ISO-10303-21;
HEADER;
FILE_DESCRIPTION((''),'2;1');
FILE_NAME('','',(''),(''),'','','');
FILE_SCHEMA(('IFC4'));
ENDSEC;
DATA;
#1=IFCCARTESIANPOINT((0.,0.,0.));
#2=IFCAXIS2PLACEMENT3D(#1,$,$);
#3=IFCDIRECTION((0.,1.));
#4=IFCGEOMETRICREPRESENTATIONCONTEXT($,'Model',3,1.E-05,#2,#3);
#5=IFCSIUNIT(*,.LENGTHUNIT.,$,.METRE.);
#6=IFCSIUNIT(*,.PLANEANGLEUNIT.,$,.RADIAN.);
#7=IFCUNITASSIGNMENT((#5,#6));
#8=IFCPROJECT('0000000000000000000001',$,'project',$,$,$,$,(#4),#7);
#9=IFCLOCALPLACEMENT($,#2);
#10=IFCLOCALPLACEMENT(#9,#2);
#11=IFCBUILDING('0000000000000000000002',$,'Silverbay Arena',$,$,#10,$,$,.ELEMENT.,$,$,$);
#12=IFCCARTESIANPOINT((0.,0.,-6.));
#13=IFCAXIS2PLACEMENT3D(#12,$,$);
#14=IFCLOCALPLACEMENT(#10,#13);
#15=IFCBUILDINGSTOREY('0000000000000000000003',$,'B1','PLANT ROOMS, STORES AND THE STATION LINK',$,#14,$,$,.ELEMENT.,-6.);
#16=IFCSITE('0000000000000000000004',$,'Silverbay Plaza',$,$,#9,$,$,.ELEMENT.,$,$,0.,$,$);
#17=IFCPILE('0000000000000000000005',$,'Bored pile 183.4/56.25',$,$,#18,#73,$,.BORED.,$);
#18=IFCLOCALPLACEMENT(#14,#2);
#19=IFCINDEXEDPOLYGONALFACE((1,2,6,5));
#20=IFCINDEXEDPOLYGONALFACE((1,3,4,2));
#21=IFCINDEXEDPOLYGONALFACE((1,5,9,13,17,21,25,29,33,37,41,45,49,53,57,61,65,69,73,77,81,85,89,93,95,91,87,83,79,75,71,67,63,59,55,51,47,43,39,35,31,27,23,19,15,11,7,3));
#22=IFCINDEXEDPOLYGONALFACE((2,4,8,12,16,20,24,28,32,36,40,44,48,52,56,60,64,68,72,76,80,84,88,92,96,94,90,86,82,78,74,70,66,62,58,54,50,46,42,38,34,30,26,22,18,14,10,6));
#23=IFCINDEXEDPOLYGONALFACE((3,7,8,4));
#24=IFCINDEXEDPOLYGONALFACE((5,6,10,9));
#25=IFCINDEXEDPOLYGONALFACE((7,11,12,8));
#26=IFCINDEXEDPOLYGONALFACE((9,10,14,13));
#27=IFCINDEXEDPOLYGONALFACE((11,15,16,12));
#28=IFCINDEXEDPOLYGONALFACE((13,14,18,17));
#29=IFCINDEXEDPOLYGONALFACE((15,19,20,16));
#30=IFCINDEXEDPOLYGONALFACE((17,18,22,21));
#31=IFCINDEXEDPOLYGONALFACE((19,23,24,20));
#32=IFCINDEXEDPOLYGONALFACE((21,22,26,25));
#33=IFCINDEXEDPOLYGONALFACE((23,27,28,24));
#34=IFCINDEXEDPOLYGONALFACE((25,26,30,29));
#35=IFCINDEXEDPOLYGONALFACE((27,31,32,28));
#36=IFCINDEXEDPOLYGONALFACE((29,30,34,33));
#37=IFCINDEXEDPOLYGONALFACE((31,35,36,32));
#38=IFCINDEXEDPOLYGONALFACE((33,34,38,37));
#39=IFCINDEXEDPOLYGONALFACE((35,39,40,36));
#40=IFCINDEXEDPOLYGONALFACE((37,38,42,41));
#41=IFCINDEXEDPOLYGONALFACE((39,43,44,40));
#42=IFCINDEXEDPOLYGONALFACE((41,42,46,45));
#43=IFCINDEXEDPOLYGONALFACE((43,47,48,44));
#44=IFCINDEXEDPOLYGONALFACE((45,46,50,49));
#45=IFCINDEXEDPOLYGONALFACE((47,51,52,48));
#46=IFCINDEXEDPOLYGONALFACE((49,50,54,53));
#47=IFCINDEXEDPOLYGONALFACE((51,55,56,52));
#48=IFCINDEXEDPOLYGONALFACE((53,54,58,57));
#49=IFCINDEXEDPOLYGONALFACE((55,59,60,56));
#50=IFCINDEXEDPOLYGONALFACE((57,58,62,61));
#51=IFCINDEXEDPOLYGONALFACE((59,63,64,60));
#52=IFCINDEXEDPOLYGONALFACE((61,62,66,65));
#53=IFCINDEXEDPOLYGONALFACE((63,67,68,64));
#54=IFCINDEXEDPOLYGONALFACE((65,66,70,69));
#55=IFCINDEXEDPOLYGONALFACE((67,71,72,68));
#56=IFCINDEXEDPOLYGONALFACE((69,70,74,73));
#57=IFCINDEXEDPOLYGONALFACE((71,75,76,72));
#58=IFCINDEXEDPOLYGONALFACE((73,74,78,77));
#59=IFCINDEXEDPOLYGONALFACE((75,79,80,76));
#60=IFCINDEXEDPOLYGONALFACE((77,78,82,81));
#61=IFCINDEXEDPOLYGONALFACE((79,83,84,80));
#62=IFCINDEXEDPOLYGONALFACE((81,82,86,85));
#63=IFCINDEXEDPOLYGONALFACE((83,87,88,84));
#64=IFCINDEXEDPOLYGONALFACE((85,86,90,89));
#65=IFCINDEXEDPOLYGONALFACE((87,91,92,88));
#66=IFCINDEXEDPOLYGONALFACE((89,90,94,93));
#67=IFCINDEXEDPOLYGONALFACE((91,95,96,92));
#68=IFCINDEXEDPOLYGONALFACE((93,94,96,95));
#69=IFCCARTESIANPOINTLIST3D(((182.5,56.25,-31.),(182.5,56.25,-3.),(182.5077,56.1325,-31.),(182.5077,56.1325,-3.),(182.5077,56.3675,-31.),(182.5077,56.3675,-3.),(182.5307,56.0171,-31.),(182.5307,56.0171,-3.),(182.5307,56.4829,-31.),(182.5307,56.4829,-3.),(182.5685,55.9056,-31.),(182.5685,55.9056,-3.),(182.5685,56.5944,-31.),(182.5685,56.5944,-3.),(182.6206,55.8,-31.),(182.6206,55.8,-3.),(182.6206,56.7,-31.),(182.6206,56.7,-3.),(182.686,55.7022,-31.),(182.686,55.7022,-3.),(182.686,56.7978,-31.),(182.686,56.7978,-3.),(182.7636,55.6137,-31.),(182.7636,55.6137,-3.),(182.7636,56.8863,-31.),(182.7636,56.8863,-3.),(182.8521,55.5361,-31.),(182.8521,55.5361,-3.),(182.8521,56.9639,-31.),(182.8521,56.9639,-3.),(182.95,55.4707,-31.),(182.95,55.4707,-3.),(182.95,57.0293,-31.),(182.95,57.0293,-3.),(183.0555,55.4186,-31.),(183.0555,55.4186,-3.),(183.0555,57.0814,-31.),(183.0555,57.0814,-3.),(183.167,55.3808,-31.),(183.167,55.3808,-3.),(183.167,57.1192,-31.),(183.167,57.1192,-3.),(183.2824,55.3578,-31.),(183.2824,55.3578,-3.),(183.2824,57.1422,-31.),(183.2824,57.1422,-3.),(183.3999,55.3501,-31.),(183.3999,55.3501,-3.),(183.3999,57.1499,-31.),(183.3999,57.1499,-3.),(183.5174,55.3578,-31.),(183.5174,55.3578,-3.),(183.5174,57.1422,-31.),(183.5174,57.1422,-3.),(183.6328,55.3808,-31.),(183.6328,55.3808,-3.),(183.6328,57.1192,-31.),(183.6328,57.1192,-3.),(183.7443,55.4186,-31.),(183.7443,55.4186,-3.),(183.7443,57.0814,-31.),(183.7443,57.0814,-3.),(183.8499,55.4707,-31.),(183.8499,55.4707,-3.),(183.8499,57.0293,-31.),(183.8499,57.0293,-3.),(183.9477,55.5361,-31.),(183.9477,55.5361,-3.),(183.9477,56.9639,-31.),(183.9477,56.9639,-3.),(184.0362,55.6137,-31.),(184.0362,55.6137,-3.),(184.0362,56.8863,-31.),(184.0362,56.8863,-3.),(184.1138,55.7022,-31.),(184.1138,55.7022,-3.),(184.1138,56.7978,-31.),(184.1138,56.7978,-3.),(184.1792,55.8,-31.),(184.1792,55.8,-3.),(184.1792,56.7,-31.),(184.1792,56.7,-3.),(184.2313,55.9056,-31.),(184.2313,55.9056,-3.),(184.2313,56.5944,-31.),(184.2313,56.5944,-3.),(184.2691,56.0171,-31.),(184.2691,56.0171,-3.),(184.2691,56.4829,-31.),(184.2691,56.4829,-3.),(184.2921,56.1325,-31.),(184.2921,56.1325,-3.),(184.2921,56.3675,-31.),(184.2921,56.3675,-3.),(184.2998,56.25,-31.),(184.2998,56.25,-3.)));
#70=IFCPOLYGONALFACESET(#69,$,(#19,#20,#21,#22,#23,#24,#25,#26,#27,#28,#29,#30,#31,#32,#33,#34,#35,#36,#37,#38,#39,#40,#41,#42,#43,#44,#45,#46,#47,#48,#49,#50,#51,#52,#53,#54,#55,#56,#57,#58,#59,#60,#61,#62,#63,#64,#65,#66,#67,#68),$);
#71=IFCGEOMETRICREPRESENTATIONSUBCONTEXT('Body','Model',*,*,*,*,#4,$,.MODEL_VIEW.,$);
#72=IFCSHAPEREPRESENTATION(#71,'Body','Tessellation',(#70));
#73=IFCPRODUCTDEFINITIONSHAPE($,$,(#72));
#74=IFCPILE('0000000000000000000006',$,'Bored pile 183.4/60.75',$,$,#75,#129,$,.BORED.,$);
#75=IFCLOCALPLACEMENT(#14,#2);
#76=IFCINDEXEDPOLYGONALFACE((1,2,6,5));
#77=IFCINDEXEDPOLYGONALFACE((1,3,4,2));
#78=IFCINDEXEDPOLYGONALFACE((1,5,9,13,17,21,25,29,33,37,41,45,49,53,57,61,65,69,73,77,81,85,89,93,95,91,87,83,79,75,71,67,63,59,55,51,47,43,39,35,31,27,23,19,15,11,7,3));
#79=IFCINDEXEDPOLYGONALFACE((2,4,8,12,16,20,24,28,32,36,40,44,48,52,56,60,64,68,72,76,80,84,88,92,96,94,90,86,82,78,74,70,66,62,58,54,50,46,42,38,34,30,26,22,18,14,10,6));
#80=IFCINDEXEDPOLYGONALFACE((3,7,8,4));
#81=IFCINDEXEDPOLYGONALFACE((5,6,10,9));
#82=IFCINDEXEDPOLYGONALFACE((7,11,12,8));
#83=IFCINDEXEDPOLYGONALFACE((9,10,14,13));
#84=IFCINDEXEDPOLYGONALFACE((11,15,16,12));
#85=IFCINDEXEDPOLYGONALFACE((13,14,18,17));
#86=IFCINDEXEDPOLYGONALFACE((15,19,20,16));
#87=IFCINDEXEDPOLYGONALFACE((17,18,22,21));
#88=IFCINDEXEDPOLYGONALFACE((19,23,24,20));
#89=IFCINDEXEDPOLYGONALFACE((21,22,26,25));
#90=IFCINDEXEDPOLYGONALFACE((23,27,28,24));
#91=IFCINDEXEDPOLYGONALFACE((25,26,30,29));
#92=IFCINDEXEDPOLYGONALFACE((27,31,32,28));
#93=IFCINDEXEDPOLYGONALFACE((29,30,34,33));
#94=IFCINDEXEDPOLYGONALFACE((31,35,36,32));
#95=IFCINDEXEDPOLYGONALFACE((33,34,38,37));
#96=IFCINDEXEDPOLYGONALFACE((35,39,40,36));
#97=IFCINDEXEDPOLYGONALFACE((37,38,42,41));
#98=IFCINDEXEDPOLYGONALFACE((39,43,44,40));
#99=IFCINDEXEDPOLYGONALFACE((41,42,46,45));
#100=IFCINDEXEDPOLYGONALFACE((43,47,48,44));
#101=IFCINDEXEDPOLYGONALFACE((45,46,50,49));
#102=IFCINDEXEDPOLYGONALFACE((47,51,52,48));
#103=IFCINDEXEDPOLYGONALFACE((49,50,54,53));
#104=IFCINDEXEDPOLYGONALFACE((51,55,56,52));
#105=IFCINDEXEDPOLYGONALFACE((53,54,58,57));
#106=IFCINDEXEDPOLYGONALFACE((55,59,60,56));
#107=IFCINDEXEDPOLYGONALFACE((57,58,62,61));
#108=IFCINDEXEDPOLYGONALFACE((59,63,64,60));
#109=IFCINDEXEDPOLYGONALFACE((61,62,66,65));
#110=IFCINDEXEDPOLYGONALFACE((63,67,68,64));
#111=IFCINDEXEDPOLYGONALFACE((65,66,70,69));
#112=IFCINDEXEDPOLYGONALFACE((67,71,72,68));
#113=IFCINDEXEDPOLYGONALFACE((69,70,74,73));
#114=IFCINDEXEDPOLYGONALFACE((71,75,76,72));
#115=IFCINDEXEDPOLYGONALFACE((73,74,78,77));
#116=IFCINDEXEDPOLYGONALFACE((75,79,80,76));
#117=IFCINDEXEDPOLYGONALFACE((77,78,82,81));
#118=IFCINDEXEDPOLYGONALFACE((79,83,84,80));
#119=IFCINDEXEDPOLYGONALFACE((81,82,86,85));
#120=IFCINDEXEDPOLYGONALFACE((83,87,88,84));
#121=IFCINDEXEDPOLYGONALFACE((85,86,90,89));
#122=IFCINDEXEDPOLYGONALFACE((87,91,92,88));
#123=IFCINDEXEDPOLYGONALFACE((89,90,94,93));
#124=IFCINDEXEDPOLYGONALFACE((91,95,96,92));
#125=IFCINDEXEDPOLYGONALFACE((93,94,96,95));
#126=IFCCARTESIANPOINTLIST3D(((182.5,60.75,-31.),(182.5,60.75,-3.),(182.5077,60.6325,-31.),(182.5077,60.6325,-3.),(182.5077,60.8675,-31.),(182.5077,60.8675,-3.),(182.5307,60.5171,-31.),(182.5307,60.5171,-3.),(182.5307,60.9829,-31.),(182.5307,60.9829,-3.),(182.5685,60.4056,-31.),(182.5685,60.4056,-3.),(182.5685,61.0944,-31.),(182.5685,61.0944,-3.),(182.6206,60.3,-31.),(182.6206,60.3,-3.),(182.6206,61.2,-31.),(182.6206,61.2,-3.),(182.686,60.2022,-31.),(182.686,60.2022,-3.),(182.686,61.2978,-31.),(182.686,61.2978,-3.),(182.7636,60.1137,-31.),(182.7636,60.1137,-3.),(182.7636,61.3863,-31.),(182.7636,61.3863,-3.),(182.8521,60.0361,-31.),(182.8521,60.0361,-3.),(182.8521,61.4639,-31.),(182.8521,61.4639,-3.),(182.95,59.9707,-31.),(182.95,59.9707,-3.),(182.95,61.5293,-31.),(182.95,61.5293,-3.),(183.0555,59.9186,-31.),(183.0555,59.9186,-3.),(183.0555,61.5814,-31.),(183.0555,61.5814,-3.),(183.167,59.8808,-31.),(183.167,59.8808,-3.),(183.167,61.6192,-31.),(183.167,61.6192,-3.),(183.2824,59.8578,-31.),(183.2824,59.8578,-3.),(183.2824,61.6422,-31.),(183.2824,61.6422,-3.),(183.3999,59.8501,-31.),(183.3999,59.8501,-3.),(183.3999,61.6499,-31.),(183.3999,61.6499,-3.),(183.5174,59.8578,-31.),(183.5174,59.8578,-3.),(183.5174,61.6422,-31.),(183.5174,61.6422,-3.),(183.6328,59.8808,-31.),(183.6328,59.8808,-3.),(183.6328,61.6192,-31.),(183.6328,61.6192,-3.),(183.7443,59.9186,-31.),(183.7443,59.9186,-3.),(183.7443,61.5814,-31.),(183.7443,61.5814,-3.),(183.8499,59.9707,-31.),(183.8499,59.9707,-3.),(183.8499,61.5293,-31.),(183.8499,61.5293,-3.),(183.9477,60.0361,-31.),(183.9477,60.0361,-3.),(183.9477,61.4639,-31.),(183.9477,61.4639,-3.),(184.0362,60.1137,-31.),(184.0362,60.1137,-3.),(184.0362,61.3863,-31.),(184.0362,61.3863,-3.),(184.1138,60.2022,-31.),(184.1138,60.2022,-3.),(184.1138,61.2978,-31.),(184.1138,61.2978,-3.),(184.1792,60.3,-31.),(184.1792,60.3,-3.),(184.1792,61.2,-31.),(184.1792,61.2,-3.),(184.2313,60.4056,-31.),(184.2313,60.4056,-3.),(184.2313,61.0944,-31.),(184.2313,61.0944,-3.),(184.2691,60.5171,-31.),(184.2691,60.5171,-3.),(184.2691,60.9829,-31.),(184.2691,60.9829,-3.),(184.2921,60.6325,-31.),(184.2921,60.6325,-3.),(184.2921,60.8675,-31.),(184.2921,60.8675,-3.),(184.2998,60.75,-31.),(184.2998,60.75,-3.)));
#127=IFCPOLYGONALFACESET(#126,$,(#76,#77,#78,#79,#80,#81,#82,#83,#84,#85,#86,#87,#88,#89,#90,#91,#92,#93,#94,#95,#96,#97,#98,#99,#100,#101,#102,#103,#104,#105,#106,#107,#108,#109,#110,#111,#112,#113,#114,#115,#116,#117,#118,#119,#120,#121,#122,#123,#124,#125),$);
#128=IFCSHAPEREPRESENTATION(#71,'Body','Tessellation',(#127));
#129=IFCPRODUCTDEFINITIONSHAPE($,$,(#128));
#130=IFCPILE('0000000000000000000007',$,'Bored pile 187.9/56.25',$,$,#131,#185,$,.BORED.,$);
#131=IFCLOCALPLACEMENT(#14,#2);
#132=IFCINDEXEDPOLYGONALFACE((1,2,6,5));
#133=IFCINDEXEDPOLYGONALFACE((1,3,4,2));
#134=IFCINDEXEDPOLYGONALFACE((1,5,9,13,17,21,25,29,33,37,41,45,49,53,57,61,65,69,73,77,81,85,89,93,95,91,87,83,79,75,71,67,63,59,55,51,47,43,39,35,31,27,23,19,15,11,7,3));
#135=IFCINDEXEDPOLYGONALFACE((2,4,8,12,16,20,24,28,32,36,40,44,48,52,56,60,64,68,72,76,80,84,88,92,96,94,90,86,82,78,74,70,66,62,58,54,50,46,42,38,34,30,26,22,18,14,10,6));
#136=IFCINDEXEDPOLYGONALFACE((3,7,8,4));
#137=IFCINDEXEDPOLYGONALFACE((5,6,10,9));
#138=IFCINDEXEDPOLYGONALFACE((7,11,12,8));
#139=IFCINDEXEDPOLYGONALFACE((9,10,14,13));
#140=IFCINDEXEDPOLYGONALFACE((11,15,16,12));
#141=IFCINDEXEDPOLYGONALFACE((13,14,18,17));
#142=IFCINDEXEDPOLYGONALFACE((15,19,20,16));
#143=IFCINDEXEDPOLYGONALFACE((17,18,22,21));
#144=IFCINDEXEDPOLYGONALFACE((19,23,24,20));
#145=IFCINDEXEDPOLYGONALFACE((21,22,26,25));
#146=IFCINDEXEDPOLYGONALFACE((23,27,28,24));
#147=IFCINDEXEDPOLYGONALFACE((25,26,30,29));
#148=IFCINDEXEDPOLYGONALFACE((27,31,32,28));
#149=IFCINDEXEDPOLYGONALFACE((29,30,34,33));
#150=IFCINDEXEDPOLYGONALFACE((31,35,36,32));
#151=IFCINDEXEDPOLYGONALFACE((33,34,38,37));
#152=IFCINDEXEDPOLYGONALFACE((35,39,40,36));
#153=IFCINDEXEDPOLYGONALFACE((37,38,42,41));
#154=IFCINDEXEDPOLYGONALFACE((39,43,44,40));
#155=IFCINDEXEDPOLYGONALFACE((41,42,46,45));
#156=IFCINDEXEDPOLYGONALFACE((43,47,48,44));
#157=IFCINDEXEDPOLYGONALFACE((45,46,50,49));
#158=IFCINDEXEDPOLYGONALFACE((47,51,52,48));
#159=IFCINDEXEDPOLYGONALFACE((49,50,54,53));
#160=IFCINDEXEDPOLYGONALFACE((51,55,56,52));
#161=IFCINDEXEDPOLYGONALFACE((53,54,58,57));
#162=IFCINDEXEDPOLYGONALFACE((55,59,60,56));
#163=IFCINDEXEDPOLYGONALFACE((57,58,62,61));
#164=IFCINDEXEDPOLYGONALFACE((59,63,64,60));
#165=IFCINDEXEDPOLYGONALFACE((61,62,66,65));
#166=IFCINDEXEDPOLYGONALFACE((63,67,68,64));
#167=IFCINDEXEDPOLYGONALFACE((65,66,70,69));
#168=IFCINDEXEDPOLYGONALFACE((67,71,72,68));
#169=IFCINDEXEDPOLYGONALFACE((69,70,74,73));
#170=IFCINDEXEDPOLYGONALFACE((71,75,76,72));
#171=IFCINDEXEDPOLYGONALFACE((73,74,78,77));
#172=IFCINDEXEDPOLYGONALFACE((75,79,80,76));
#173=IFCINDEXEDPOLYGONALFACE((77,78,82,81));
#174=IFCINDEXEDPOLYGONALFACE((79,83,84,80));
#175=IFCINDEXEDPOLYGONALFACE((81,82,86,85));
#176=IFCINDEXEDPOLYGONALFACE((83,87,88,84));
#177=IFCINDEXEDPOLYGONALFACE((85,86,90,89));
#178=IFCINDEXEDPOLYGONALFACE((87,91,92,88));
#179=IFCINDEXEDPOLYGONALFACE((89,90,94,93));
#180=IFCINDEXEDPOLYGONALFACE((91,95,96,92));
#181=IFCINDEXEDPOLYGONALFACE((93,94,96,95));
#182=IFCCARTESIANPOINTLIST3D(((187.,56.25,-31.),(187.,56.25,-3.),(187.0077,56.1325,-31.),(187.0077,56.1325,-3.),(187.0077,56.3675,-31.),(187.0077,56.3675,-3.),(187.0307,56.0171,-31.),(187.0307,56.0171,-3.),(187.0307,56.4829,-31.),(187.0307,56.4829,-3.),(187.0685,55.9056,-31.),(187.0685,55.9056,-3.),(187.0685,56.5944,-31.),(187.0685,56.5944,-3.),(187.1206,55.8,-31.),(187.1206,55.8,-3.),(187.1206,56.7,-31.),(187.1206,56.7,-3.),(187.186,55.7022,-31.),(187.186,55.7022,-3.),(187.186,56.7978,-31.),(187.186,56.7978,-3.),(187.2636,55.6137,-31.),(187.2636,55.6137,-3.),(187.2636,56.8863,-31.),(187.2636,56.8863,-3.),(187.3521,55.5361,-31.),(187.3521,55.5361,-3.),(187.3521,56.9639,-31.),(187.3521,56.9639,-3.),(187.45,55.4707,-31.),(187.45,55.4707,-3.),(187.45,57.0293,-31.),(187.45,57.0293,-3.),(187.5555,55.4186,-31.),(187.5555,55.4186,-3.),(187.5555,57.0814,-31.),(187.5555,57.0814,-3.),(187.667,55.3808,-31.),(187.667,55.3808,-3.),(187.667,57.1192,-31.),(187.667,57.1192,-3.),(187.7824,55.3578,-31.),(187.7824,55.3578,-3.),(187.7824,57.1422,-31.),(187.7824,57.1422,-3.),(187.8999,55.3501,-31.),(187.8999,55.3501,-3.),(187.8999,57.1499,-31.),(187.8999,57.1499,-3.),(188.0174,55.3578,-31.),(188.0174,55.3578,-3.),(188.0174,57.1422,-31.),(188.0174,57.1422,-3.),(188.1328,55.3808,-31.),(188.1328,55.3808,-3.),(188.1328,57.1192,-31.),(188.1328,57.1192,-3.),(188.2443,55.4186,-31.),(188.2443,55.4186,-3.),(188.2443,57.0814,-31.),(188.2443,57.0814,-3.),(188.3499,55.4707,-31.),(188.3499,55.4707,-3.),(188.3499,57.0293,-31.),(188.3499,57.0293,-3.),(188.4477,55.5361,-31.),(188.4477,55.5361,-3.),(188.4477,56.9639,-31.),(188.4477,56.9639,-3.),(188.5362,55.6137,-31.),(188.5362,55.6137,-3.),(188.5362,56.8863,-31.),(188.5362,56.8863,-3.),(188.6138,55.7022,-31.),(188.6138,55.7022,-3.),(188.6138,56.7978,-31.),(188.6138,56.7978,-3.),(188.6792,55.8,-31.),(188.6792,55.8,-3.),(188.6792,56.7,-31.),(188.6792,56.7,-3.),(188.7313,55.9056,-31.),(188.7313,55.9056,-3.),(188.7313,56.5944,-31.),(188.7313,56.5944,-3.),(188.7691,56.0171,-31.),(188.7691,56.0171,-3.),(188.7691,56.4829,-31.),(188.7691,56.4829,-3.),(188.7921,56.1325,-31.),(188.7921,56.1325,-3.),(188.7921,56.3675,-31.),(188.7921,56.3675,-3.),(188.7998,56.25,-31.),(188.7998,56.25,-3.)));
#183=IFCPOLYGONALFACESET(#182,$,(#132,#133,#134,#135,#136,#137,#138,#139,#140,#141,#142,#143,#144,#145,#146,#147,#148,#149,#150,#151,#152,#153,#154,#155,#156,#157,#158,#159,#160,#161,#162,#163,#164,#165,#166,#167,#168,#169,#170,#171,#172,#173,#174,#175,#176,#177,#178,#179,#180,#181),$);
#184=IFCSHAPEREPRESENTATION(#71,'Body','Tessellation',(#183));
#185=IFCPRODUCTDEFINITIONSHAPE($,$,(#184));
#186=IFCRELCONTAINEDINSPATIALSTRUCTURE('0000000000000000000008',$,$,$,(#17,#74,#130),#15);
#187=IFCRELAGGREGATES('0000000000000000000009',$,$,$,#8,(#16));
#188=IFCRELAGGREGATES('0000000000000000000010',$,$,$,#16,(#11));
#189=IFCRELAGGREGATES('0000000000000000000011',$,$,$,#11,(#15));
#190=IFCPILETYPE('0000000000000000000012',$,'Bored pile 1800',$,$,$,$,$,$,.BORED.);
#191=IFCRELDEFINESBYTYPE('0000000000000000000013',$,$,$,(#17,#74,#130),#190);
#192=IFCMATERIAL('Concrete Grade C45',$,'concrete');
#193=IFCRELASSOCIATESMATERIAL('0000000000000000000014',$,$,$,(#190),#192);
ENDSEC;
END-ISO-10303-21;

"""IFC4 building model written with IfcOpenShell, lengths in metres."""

from ifc_helpers import new_model, si_unit, direction, frame, origin, origin_2d, place, context, subcontext, project, spatial, circle, extrude, material, material_profile, profile_set, type_object, element, save


model = new_model("IFC4")

# Units and contexts
model_context = context("Model", 3, precision=1e-05, world=origin(), true_north=direction((0.0, 1.0)))
body_context = subcontext(model_context, "Body", "Model", "MODEL_VIEW")
ifc_project = project(units=[si_unit("LENGTHUNIT", "METRE"), si_unit("PLANEANGLEUNIT", "RADIAN")], contexts=[model_context])

# Site, building, storey
site_placement = place(None, origin())
site = spatial("IfcSite", under=ifc_project, at=site_placement, Name="Silverbay Plaza", CompositionType="ELEMENT", RefElevation=0.0)
building_placement = place(site_placement, origin())
building = spatial("IfcBuilding", under=site, at=building_placement, Name="Silverbay Arena", CompositionType="ELEMENT")
storey_placement = place(building_placement, frame((0.0, 0.0, -6.0)))
storey = spatial("IfcBuildingStorey", under=building, at=storey_placement, Name="B1", Description="PLANT ROOMS, STORES AND THE STATION LINK", CompositionType="ELEMENT", Elevation=-6.0)

# Piles
ifc_material_1 = material(Name="Concrete Grade C45", Category="concrete")
ifc_material_profile = material_profile(ifc_material_1, circle(Radius=0.8999, at=origin_2d()), Name="Bored pile 1800")
ifc_profile_set = profile_set([ifc_material_profile], Name="Concrete Grade C45")
pile_type = type_object("IfcPileType", Name="Bored pile 1800", PredefinedType="BORED", material=ifc_profile_set)
for number, where, z_axis, x_axis, name in (
    (1, (183.3999, 56.25, -3.0), (0.0, 0.0, -1.0), (1.0, 0.0, 0.0), "Bored pile 183.4/56.25"),
    (2, (183.3999, 60.75, -3.0), (0.0, 0.0, -1.0), (1.0, 0.0, 0.0), "Bored pile 183.4/60.75"),
    (3, (187.8999, 56.25, -3.0), (0.0, 0.0, -1.0), (1.0, 0.0, 0.0), "Bored pile 187.9/56.25"),
):
    element("IfcPile", number, at=place(storey_placement, frame(where, z_axis=z_axis, x_axis=x_axis)), inside=storey, type_object=pile_type, Name=name, PredefinedType="BORED", context=body_context, shape_type="SweptSolid", body=[
        extrude(circle(Radius=0.8999, at=origin_2d()), origin(), (0.0, 0.0, 1.0), 28.0),
    ])

save(model, "model.ifc")
